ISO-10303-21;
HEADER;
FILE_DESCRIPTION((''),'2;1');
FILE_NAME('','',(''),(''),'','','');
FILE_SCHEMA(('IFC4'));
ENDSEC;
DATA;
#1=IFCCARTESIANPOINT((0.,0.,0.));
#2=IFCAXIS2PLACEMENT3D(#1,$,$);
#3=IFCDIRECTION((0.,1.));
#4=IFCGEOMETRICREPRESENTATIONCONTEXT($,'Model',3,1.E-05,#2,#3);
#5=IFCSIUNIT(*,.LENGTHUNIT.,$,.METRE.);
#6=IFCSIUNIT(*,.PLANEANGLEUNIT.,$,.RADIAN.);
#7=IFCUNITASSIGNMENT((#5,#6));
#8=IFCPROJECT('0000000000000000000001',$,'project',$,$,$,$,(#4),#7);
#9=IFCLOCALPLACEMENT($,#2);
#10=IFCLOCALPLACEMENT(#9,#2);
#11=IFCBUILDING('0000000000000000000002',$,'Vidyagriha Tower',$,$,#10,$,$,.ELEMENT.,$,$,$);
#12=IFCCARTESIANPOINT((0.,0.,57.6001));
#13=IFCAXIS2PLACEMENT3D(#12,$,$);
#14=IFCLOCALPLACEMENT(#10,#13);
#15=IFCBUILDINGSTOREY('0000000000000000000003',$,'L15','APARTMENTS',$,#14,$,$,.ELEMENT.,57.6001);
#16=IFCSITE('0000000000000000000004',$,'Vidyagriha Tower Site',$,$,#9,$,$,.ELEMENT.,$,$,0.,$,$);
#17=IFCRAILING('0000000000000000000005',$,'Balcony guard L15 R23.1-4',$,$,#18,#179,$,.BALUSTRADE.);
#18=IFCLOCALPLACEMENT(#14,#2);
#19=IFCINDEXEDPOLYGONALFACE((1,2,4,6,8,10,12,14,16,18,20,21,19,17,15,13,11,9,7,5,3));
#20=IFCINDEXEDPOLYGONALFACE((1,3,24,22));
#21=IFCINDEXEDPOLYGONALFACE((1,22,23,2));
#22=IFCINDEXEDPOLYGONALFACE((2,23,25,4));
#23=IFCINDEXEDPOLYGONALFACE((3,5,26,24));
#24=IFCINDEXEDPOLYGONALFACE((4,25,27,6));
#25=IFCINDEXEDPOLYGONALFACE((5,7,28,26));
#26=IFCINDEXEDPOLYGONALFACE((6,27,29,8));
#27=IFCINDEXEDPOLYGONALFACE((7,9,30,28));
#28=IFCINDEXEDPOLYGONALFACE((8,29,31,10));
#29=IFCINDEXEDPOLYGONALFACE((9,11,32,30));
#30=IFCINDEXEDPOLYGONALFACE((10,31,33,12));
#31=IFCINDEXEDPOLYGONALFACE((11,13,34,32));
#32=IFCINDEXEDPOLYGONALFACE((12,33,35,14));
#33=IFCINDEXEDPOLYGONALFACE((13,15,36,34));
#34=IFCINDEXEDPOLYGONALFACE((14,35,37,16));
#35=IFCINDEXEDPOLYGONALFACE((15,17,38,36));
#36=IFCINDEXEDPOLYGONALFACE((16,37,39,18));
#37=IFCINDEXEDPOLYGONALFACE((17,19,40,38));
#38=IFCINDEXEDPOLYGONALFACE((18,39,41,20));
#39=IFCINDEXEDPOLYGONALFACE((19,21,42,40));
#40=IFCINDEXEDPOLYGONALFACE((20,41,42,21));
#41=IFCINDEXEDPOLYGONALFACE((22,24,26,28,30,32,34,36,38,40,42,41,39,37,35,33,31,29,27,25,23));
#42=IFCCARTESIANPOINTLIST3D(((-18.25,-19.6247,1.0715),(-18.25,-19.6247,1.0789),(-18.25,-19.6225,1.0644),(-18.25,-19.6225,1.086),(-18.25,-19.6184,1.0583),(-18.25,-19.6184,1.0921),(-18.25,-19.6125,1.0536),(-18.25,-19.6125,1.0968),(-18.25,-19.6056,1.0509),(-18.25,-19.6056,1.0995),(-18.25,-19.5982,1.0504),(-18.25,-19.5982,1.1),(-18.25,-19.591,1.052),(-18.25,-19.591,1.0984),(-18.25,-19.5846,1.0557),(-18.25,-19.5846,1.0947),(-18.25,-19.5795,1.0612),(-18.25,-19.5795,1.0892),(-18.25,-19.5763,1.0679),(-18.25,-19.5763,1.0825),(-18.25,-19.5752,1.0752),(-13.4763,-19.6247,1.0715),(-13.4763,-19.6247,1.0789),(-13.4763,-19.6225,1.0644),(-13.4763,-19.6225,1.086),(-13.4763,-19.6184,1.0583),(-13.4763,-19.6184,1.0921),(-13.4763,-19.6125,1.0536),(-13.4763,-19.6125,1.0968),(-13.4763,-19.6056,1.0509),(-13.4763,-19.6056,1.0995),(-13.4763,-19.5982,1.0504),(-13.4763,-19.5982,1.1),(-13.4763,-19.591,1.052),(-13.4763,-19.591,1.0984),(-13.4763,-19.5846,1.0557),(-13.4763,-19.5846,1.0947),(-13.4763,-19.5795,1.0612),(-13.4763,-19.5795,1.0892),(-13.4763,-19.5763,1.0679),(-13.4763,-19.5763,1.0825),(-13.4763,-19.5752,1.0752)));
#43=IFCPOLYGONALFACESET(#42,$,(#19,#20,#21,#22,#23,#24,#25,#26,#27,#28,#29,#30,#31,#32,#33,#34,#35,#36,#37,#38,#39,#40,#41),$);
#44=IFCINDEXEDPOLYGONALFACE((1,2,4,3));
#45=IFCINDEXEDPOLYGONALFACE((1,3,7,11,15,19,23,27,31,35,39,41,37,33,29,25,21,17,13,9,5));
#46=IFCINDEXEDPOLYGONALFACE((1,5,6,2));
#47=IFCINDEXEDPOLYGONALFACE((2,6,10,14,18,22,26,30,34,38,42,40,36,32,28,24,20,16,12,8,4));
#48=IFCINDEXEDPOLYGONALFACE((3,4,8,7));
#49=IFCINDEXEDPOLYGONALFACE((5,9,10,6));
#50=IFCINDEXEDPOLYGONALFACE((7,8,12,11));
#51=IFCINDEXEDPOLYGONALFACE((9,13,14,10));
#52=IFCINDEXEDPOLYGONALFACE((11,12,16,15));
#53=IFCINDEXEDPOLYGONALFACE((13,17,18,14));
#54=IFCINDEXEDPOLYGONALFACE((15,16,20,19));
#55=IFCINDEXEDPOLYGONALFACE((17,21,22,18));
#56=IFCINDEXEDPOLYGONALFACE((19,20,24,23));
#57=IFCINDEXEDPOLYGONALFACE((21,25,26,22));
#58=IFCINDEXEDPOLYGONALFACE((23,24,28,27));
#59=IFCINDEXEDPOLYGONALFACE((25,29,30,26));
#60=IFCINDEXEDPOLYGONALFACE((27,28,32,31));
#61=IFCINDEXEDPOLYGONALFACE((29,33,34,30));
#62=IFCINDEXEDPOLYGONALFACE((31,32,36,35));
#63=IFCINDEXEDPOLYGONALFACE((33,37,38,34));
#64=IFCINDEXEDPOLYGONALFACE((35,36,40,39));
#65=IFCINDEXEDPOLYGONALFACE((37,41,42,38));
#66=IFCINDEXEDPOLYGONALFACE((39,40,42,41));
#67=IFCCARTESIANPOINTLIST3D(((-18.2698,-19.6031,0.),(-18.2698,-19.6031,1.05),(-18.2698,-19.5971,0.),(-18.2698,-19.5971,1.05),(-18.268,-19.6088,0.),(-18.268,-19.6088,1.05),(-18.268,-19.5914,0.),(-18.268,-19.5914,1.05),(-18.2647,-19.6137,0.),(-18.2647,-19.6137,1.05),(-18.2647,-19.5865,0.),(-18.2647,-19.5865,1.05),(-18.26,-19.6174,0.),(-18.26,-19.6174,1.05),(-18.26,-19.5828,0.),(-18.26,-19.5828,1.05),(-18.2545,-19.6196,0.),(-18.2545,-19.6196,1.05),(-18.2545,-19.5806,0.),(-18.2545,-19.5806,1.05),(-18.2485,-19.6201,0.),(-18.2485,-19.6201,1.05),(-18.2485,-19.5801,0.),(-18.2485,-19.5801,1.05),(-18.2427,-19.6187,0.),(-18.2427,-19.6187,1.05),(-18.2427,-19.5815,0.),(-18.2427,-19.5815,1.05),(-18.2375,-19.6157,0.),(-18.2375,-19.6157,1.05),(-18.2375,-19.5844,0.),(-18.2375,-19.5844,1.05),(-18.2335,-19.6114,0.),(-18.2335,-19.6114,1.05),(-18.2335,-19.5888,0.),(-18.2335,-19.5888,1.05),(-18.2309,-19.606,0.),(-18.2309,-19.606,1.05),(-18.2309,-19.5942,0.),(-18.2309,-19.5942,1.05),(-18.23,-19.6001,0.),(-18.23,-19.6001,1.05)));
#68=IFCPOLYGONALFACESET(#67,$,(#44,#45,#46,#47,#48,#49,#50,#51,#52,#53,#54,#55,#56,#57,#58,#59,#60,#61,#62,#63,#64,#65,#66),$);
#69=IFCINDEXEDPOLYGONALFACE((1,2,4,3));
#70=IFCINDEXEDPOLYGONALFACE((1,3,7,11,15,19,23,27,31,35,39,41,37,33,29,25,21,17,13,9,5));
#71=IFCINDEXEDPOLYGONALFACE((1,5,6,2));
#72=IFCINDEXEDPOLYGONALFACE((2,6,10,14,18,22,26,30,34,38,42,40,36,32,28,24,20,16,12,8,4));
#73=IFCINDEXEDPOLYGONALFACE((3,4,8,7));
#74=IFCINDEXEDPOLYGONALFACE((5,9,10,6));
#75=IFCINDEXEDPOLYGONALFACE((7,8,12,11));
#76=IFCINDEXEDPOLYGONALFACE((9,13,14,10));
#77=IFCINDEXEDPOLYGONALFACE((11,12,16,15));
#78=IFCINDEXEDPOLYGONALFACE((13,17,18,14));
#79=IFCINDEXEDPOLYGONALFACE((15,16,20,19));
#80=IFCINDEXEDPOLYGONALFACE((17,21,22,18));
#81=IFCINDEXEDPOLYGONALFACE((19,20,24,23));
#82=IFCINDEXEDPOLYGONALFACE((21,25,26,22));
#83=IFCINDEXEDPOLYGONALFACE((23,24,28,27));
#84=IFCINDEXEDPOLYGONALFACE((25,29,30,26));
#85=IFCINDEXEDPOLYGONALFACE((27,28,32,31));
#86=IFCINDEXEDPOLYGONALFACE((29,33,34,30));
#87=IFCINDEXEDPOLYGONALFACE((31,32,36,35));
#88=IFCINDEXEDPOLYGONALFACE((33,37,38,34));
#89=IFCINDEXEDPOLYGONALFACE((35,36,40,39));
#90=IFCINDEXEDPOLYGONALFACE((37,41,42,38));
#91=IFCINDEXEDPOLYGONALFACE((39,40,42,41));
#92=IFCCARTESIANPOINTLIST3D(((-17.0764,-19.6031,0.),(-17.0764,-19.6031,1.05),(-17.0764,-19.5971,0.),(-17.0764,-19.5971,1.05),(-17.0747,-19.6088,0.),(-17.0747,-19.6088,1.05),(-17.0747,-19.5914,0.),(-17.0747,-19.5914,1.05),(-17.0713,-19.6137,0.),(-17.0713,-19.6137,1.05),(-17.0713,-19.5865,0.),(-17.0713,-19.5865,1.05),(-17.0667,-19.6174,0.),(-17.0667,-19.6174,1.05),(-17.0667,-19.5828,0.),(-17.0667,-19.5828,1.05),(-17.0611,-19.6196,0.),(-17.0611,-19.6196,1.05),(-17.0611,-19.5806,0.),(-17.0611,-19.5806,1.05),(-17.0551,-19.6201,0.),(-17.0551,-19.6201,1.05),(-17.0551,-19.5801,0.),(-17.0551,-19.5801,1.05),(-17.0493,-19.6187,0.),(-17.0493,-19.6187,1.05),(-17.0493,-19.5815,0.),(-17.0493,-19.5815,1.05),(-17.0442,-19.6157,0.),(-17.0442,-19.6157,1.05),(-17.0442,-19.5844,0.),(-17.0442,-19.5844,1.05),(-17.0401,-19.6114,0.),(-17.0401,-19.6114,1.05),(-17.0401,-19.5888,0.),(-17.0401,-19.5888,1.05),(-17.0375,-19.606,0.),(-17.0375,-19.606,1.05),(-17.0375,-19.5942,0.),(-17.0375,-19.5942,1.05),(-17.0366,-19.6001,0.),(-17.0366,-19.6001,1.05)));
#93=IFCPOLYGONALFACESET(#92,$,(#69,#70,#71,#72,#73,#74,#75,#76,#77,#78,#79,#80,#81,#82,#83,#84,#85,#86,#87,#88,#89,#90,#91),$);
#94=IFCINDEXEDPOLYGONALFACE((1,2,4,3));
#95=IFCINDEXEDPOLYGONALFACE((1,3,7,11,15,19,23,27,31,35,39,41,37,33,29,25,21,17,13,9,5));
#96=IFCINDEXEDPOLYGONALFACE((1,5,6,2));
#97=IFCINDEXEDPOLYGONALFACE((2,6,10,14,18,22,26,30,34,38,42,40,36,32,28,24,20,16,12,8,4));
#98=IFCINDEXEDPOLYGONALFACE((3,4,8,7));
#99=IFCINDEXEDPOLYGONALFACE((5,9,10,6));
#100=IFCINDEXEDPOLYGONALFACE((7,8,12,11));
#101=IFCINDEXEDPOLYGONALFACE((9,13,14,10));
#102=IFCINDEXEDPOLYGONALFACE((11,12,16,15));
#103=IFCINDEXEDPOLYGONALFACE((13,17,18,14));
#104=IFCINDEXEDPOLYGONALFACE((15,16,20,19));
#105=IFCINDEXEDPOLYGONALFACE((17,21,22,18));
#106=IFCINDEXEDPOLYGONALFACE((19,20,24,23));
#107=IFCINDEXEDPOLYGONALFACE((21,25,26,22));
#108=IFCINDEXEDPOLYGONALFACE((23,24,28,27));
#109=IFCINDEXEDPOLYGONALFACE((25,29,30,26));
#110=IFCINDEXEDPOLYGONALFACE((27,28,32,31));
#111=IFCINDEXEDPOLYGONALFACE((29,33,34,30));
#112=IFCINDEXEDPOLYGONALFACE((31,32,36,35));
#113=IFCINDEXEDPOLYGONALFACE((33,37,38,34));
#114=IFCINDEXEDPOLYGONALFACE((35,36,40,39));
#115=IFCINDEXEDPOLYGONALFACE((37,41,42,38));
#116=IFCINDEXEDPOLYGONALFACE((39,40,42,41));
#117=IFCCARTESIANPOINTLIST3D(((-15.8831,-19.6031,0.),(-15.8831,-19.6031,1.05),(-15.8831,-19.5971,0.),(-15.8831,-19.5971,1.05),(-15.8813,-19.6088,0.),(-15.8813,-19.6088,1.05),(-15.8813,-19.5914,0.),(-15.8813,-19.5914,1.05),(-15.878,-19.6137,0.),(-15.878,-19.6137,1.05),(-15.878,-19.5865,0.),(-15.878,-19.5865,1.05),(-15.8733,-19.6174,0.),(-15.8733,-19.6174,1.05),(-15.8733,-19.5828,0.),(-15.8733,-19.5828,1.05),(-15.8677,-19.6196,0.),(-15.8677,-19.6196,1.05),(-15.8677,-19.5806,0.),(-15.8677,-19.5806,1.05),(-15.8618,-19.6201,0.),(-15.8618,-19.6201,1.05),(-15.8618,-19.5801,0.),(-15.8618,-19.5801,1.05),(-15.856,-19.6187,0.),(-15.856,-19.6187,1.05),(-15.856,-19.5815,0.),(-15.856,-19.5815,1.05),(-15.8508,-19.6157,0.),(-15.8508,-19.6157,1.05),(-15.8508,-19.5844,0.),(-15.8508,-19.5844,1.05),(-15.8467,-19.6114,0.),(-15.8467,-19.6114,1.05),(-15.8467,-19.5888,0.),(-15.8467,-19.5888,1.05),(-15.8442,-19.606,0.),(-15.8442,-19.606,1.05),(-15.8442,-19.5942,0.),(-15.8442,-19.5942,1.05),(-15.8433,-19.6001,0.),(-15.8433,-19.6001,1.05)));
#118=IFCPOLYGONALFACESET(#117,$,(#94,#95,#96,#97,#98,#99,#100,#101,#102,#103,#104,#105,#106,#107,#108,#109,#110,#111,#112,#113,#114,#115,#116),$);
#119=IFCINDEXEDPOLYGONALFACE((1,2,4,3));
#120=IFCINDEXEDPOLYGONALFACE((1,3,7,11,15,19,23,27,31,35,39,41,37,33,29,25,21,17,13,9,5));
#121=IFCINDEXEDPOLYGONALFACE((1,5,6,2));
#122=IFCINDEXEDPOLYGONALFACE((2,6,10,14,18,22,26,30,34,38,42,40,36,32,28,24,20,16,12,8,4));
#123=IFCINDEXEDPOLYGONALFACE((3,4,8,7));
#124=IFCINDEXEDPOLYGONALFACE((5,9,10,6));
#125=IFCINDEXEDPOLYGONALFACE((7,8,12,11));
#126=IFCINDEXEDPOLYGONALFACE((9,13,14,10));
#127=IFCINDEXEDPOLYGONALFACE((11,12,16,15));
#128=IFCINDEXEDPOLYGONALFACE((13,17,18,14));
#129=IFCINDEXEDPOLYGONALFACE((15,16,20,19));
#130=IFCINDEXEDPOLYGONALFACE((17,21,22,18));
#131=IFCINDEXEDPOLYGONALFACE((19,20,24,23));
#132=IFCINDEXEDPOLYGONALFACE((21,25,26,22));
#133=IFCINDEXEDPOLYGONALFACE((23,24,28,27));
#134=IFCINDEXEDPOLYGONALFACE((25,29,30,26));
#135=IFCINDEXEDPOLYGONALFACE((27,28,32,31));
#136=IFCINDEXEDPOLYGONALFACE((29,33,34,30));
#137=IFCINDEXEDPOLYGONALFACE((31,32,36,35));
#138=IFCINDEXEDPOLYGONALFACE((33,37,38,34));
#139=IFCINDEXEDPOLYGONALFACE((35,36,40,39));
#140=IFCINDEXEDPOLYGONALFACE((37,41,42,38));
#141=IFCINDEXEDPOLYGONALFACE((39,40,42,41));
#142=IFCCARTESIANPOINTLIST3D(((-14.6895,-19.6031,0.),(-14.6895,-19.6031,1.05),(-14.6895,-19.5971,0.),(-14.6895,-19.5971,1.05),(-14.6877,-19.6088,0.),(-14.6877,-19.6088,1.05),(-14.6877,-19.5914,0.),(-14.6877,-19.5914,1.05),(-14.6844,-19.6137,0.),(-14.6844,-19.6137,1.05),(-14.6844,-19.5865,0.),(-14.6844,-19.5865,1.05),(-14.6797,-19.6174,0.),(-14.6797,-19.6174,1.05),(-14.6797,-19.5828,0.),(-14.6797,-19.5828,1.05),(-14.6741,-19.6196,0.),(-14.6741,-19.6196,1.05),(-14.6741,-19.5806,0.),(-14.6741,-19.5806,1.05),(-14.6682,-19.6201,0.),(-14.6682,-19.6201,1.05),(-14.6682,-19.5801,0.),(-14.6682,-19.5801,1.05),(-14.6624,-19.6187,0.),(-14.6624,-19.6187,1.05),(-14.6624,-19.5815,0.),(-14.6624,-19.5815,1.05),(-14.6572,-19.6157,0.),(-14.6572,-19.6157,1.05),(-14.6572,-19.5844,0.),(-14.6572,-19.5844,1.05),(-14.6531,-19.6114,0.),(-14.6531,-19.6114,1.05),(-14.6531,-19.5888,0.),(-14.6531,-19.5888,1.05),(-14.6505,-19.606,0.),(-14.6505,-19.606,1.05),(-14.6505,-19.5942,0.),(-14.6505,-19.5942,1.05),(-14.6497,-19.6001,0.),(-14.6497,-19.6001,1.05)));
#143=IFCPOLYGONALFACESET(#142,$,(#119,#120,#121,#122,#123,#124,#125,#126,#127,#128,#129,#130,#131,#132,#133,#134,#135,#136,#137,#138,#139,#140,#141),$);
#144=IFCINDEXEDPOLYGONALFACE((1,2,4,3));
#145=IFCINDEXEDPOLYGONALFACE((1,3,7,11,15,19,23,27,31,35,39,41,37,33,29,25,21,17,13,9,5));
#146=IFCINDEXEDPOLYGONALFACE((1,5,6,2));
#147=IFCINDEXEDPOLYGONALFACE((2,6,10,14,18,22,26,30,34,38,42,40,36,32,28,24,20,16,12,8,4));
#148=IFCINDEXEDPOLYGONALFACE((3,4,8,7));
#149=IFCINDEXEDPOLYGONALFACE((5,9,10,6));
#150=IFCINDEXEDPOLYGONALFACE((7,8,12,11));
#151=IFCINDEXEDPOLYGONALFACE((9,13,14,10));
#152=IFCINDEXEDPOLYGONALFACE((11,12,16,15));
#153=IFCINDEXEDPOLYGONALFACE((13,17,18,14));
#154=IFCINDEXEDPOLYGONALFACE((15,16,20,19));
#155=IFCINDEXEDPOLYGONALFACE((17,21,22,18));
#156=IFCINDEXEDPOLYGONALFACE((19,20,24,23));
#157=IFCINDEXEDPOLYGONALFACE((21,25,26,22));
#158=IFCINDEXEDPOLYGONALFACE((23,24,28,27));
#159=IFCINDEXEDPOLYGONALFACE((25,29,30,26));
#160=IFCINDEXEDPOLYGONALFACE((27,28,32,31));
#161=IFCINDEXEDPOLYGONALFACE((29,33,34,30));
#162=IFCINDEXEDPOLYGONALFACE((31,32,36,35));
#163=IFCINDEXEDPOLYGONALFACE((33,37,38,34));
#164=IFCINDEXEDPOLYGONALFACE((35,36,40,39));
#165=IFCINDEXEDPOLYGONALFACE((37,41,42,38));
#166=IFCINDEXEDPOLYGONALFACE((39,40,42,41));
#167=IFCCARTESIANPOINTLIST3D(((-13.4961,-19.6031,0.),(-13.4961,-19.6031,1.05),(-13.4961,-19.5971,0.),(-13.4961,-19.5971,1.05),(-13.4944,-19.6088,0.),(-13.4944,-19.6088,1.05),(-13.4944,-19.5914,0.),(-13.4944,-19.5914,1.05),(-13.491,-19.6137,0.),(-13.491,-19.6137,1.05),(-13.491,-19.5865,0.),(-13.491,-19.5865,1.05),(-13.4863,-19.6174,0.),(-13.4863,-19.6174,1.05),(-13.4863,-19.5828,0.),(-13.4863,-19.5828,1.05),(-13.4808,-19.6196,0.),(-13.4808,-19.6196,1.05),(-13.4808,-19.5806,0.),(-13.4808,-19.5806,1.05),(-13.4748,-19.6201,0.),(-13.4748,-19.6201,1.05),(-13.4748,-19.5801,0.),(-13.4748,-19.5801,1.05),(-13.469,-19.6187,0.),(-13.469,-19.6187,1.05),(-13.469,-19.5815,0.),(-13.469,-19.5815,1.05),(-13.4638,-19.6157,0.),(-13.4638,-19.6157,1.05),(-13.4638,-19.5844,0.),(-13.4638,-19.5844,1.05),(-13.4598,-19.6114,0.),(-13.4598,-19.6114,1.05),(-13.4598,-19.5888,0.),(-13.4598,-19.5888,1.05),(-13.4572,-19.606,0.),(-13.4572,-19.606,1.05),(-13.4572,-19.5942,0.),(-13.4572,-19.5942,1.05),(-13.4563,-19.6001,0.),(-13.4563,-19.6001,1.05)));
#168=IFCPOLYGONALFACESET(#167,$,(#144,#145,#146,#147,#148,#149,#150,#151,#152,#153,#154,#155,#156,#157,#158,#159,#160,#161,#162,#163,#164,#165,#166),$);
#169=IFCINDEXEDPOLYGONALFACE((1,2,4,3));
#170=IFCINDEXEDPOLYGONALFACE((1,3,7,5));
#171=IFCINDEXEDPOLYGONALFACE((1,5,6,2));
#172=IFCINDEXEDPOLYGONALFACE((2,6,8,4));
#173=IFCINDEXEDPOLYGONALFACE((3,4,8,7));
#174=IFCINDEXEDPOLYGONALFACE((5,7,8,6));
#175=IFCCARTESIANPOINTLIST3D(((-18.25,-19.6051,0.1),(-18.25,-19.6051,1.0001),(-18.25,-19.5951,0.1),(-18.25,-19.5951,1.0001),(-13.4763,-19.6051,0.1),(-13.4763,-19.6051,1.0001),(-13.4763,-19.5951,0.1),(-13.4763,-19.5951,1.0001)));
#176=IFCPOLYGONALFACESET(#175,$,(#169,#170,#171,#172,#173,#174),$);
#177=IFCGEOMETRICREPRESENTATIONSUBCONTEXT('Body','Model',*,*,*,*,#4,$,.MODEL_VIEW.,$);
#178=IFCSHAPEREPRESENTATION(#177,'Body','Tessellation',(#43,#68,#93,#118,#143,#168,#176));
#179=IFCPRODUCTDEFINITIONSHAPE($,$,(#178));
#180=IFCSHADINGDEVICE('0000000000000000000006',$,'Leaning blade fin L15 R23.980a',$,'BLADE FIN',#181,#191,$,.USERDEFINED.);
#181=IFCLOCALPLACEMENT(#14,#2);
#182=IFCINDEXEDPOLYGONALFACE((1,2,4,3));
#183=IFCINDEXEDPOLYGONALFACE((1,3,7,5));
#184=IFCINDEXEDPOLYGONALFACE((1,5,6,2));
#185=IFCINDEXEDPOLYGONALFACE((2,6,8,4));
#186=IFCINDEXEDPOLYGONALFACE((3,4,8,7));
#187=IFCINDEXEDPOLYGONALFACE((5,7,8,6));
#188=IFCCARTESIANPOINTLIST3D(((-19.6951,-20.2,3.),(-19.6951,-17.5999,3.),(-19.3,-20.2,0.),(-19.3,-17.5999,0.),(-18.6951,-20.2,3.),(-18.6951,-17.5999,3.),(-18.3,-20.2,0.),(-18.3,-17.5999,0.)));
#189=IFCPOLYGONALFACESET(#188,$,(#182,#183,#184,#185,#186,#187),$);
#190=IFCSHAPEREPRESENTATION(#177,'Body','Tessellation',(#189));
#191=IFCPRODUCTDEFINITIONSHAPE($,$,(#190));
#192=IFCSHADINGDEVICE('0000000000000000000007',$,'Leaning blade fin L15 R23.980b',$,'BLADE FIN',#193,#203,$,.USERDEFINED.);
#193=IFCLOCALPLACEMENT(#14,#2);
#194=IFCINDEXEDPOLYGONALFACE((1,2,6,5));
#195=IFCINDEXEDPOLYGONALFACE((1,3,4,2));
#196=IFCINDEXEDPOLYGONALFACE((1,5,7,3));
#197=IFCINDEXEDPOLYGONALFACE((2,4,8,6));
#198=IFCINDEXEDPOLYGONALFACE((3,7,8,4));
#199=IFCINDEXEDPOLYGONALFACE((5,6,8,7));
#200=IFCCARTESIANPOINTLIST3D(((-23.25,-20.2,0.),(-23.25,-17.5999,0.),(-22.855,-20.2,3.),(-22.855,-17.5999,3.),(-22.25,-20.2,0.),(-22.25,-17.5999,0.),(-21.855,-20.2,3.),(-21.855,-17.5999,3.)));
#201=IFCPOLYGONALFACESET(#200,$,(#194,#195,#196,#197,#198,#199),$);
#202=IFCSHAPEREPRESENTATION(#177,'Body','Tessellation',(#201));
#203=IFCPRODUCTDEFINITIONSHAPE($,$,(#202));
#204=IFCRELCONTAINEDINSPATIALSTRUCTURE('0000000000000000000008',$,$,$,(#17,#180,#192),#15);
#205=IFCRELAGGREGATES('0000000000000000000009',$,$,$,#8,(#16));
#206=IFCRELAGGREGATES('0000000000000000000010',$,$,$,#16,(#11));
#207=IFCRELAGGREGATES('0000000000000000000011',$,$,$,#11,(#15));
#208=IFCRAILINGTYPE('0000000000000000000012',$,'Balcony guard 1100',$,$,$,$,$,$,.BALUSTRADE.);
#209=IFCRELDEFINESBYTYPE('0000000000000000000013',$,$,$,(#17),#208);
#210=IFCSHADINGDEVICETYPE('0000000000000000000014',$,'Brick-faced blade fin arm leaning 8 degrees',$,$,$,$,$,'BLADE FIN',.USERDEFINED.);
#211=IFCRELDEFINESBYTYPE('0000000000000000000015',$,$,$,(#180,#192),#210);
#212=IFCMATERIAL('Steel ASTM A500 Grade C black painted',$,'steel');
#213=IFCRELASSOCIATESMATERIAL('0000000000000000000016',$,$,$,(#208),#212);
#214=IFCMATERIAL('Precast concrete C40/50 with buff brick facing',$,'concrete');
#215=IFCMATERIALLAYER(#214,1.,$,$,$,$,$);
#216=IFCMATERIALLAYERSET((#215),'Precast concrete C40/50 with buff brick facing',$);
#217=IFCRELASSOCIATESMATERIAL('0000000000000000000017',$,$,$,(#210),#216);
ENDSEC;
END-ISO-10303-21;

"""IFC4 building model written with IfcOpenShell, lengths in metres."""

from ifc_helpers import new_model, si_unit, direction, frame, origin, origin_2d, place, context, subcontext, project, spatial, polyline, rectangle, circle, outline, extrude, material, layer, layer_set, type_object, element, save


model = new_model("IFC4")

# Units and contexts
model_context = context("Model", 3, precision=1e-05, world=origin(), true_north=direction((0.0, 1.0)))
body_context = subcontext(model_context, "Body", "Model", "MODEL_VIEW")
ifc_project = project(units=[si_unit("LENGTHUNIT", "METRE"), si_unit("PLANEANGLEUNIT", "RADIAN")], contexts=[model_context])

# Site, building, storey
site_placement = place(None, origin())
site = spatial("IfcSite", under=ifc_project, at=site_placement, Name="Vidyagriha Tower Site", CompositionType="ELEMENT", RefElevation=0.0)
building_placement = place(site_placement, origin())
building = spatial("IfcBuilding", under=site, at=building_placement, Name="Vidyagriha Tower", CompositionType="ELEMENT")
storey_placement = place(building_placement, frame((0.0, 0.0, 57.6001)))
storey = spatial("IfcBuildingStorey", under=building, at=storey_placement, Name="L15", Description="APARTMENTS", CompositionType="ELEMENT", Elevation=57.6001)

# Railing
ifc_material_1 = material(Name="Steel ASTM A500 Grade C black painted", Category="steel")
railing_type = type_object("IfcRailingType", Name="Balcony guard 1100", PredefinedType="BALUSTRADE", material=ifc_material_1)
railing_1_placement = place(storey_placement, frame((-18.25, -19.6001, 0.0)))
element("IfcRailing", 1, at=railing_1_placement, inside=storey, type_object=railing_type, Name="Balcony guard L15 R23.1-4", PredefinedType="BALUSTRADE", context=body_context, shape_type="SweptSolid", body=[
    extrude(circle(Radius=0.0249, at=origin_2d()), frame((0.0, 0.0, 1.0752), z_axis=(1.0, 0.0, 0.0), x_axis=(0.0, 1.0, 0.0)), (0.0, 0.0, 1.0), 4.7737),
    extrude(circle(Radius=0.02, at=origin_2d()), origin(), (0.0, 0.0, 1.0), 1.05),
    extrude(circle(Radius=0.02, at=origin_2d()), frame((1.1934, 0.0, 0.0)), (0.0, 0.0, 1.0), 1.05),
    extrude(circle(Radius=0.02, at=origin_2d()), frame((2.3867, 0.0, 0.0)), (0.0, 0.0, 1.0), 1.05),
    extrude(circle(Radius=0.02, at=origin_2d()), frame((3.5803, 0.0, 0.0)), (0.0, 0.0, 1.0), 1.05),
    extrude(circle(Radius=0.02, at=origin_2d()), frame((4.7737, 0.0, 0.0)), (0.0, 0.0, 1.0), 1.05),
    extrude(rectangle(XDim=0.01, YDim=0.9001, at=origin_2d()), frame((0.0, 0.0, 0.55), z_axis=(1.0, 0.0, 0.0), x_axis=(0.0, 1.0, 0.0)), (0.0, 0.0, 1.0), 4.7737),
])

# Shading devices
ifc_material_2 = material(Name="Precast concrete C40/50 with buff brick facing", Category="concrete")
ifc_layer_1 = layer(ifc_material_2, 1.0)
ifc_layer_set_1 = layer_set([ifc_layer_1], Name="Precast concrete C40/50 with buff brick facing")
shading_device_type_1 = type_object("IfcShadingDeviceType", Name="Brick-faced blade fin arm leaning 8 degrees", ElementType="BLADE FIN", PredefinedType="USERDEFINED", material=ifc_layer_set_1)
shading_device_1_placement = place(storey_placement, frame((-19.6951, -18.8999, 0.0)))
element("IfcShadingDevice", 2, at=shading_device_1_placement, inside=storey, type_object=shading_device_type_1, Name="Leaning blade fin L15 R23.980a", ObjectType="BLADE FIN", PredefinedType="USERDEFINED", context=body_context, shape_type="SweptSolid", body=[
    extrude(outline(polyline([(0.395, 0.0), (1.395, 0.0), (1.0, 3.0), (0.0, 3.0), (0.395, 0.0)])), frame((0.0, 1.3, 0.0), z_axis=(0.0, -1.0, 0.0), x_axis=(1.0, 0.0, 0.0)), (0.0, 0.0, 1.0), 2.6001),
])
shading_device_2_placement = place(storey_placement, frame((-23.25, -18.8999, 0.0)))
element("IfcShadingDevice", 3, at=shading_device_2_placement, inside=storey, type_object=shading_device_type_1, Name="Leaning blade fin L15 R23.980b", ObjectType="BLADE FIN", PredefinedType="USERDEFINED", context=body_context, shape_type="SweptSolid", body=[
    extrude(outline(polyline([(0.0, 0.0), (1.0, 0.0), (1.395, 3.0), (0.395, 3.0), (0.0, 0.0)])), frame((0.0, 1.3, 0.0), z_axis=(0.0, -1.0, 0.0), x_axis=(1.0, 0.0, 0.0)), (0.0, 0.0, 1.0), 2.6001),
])

save(model, "model.ifc")
